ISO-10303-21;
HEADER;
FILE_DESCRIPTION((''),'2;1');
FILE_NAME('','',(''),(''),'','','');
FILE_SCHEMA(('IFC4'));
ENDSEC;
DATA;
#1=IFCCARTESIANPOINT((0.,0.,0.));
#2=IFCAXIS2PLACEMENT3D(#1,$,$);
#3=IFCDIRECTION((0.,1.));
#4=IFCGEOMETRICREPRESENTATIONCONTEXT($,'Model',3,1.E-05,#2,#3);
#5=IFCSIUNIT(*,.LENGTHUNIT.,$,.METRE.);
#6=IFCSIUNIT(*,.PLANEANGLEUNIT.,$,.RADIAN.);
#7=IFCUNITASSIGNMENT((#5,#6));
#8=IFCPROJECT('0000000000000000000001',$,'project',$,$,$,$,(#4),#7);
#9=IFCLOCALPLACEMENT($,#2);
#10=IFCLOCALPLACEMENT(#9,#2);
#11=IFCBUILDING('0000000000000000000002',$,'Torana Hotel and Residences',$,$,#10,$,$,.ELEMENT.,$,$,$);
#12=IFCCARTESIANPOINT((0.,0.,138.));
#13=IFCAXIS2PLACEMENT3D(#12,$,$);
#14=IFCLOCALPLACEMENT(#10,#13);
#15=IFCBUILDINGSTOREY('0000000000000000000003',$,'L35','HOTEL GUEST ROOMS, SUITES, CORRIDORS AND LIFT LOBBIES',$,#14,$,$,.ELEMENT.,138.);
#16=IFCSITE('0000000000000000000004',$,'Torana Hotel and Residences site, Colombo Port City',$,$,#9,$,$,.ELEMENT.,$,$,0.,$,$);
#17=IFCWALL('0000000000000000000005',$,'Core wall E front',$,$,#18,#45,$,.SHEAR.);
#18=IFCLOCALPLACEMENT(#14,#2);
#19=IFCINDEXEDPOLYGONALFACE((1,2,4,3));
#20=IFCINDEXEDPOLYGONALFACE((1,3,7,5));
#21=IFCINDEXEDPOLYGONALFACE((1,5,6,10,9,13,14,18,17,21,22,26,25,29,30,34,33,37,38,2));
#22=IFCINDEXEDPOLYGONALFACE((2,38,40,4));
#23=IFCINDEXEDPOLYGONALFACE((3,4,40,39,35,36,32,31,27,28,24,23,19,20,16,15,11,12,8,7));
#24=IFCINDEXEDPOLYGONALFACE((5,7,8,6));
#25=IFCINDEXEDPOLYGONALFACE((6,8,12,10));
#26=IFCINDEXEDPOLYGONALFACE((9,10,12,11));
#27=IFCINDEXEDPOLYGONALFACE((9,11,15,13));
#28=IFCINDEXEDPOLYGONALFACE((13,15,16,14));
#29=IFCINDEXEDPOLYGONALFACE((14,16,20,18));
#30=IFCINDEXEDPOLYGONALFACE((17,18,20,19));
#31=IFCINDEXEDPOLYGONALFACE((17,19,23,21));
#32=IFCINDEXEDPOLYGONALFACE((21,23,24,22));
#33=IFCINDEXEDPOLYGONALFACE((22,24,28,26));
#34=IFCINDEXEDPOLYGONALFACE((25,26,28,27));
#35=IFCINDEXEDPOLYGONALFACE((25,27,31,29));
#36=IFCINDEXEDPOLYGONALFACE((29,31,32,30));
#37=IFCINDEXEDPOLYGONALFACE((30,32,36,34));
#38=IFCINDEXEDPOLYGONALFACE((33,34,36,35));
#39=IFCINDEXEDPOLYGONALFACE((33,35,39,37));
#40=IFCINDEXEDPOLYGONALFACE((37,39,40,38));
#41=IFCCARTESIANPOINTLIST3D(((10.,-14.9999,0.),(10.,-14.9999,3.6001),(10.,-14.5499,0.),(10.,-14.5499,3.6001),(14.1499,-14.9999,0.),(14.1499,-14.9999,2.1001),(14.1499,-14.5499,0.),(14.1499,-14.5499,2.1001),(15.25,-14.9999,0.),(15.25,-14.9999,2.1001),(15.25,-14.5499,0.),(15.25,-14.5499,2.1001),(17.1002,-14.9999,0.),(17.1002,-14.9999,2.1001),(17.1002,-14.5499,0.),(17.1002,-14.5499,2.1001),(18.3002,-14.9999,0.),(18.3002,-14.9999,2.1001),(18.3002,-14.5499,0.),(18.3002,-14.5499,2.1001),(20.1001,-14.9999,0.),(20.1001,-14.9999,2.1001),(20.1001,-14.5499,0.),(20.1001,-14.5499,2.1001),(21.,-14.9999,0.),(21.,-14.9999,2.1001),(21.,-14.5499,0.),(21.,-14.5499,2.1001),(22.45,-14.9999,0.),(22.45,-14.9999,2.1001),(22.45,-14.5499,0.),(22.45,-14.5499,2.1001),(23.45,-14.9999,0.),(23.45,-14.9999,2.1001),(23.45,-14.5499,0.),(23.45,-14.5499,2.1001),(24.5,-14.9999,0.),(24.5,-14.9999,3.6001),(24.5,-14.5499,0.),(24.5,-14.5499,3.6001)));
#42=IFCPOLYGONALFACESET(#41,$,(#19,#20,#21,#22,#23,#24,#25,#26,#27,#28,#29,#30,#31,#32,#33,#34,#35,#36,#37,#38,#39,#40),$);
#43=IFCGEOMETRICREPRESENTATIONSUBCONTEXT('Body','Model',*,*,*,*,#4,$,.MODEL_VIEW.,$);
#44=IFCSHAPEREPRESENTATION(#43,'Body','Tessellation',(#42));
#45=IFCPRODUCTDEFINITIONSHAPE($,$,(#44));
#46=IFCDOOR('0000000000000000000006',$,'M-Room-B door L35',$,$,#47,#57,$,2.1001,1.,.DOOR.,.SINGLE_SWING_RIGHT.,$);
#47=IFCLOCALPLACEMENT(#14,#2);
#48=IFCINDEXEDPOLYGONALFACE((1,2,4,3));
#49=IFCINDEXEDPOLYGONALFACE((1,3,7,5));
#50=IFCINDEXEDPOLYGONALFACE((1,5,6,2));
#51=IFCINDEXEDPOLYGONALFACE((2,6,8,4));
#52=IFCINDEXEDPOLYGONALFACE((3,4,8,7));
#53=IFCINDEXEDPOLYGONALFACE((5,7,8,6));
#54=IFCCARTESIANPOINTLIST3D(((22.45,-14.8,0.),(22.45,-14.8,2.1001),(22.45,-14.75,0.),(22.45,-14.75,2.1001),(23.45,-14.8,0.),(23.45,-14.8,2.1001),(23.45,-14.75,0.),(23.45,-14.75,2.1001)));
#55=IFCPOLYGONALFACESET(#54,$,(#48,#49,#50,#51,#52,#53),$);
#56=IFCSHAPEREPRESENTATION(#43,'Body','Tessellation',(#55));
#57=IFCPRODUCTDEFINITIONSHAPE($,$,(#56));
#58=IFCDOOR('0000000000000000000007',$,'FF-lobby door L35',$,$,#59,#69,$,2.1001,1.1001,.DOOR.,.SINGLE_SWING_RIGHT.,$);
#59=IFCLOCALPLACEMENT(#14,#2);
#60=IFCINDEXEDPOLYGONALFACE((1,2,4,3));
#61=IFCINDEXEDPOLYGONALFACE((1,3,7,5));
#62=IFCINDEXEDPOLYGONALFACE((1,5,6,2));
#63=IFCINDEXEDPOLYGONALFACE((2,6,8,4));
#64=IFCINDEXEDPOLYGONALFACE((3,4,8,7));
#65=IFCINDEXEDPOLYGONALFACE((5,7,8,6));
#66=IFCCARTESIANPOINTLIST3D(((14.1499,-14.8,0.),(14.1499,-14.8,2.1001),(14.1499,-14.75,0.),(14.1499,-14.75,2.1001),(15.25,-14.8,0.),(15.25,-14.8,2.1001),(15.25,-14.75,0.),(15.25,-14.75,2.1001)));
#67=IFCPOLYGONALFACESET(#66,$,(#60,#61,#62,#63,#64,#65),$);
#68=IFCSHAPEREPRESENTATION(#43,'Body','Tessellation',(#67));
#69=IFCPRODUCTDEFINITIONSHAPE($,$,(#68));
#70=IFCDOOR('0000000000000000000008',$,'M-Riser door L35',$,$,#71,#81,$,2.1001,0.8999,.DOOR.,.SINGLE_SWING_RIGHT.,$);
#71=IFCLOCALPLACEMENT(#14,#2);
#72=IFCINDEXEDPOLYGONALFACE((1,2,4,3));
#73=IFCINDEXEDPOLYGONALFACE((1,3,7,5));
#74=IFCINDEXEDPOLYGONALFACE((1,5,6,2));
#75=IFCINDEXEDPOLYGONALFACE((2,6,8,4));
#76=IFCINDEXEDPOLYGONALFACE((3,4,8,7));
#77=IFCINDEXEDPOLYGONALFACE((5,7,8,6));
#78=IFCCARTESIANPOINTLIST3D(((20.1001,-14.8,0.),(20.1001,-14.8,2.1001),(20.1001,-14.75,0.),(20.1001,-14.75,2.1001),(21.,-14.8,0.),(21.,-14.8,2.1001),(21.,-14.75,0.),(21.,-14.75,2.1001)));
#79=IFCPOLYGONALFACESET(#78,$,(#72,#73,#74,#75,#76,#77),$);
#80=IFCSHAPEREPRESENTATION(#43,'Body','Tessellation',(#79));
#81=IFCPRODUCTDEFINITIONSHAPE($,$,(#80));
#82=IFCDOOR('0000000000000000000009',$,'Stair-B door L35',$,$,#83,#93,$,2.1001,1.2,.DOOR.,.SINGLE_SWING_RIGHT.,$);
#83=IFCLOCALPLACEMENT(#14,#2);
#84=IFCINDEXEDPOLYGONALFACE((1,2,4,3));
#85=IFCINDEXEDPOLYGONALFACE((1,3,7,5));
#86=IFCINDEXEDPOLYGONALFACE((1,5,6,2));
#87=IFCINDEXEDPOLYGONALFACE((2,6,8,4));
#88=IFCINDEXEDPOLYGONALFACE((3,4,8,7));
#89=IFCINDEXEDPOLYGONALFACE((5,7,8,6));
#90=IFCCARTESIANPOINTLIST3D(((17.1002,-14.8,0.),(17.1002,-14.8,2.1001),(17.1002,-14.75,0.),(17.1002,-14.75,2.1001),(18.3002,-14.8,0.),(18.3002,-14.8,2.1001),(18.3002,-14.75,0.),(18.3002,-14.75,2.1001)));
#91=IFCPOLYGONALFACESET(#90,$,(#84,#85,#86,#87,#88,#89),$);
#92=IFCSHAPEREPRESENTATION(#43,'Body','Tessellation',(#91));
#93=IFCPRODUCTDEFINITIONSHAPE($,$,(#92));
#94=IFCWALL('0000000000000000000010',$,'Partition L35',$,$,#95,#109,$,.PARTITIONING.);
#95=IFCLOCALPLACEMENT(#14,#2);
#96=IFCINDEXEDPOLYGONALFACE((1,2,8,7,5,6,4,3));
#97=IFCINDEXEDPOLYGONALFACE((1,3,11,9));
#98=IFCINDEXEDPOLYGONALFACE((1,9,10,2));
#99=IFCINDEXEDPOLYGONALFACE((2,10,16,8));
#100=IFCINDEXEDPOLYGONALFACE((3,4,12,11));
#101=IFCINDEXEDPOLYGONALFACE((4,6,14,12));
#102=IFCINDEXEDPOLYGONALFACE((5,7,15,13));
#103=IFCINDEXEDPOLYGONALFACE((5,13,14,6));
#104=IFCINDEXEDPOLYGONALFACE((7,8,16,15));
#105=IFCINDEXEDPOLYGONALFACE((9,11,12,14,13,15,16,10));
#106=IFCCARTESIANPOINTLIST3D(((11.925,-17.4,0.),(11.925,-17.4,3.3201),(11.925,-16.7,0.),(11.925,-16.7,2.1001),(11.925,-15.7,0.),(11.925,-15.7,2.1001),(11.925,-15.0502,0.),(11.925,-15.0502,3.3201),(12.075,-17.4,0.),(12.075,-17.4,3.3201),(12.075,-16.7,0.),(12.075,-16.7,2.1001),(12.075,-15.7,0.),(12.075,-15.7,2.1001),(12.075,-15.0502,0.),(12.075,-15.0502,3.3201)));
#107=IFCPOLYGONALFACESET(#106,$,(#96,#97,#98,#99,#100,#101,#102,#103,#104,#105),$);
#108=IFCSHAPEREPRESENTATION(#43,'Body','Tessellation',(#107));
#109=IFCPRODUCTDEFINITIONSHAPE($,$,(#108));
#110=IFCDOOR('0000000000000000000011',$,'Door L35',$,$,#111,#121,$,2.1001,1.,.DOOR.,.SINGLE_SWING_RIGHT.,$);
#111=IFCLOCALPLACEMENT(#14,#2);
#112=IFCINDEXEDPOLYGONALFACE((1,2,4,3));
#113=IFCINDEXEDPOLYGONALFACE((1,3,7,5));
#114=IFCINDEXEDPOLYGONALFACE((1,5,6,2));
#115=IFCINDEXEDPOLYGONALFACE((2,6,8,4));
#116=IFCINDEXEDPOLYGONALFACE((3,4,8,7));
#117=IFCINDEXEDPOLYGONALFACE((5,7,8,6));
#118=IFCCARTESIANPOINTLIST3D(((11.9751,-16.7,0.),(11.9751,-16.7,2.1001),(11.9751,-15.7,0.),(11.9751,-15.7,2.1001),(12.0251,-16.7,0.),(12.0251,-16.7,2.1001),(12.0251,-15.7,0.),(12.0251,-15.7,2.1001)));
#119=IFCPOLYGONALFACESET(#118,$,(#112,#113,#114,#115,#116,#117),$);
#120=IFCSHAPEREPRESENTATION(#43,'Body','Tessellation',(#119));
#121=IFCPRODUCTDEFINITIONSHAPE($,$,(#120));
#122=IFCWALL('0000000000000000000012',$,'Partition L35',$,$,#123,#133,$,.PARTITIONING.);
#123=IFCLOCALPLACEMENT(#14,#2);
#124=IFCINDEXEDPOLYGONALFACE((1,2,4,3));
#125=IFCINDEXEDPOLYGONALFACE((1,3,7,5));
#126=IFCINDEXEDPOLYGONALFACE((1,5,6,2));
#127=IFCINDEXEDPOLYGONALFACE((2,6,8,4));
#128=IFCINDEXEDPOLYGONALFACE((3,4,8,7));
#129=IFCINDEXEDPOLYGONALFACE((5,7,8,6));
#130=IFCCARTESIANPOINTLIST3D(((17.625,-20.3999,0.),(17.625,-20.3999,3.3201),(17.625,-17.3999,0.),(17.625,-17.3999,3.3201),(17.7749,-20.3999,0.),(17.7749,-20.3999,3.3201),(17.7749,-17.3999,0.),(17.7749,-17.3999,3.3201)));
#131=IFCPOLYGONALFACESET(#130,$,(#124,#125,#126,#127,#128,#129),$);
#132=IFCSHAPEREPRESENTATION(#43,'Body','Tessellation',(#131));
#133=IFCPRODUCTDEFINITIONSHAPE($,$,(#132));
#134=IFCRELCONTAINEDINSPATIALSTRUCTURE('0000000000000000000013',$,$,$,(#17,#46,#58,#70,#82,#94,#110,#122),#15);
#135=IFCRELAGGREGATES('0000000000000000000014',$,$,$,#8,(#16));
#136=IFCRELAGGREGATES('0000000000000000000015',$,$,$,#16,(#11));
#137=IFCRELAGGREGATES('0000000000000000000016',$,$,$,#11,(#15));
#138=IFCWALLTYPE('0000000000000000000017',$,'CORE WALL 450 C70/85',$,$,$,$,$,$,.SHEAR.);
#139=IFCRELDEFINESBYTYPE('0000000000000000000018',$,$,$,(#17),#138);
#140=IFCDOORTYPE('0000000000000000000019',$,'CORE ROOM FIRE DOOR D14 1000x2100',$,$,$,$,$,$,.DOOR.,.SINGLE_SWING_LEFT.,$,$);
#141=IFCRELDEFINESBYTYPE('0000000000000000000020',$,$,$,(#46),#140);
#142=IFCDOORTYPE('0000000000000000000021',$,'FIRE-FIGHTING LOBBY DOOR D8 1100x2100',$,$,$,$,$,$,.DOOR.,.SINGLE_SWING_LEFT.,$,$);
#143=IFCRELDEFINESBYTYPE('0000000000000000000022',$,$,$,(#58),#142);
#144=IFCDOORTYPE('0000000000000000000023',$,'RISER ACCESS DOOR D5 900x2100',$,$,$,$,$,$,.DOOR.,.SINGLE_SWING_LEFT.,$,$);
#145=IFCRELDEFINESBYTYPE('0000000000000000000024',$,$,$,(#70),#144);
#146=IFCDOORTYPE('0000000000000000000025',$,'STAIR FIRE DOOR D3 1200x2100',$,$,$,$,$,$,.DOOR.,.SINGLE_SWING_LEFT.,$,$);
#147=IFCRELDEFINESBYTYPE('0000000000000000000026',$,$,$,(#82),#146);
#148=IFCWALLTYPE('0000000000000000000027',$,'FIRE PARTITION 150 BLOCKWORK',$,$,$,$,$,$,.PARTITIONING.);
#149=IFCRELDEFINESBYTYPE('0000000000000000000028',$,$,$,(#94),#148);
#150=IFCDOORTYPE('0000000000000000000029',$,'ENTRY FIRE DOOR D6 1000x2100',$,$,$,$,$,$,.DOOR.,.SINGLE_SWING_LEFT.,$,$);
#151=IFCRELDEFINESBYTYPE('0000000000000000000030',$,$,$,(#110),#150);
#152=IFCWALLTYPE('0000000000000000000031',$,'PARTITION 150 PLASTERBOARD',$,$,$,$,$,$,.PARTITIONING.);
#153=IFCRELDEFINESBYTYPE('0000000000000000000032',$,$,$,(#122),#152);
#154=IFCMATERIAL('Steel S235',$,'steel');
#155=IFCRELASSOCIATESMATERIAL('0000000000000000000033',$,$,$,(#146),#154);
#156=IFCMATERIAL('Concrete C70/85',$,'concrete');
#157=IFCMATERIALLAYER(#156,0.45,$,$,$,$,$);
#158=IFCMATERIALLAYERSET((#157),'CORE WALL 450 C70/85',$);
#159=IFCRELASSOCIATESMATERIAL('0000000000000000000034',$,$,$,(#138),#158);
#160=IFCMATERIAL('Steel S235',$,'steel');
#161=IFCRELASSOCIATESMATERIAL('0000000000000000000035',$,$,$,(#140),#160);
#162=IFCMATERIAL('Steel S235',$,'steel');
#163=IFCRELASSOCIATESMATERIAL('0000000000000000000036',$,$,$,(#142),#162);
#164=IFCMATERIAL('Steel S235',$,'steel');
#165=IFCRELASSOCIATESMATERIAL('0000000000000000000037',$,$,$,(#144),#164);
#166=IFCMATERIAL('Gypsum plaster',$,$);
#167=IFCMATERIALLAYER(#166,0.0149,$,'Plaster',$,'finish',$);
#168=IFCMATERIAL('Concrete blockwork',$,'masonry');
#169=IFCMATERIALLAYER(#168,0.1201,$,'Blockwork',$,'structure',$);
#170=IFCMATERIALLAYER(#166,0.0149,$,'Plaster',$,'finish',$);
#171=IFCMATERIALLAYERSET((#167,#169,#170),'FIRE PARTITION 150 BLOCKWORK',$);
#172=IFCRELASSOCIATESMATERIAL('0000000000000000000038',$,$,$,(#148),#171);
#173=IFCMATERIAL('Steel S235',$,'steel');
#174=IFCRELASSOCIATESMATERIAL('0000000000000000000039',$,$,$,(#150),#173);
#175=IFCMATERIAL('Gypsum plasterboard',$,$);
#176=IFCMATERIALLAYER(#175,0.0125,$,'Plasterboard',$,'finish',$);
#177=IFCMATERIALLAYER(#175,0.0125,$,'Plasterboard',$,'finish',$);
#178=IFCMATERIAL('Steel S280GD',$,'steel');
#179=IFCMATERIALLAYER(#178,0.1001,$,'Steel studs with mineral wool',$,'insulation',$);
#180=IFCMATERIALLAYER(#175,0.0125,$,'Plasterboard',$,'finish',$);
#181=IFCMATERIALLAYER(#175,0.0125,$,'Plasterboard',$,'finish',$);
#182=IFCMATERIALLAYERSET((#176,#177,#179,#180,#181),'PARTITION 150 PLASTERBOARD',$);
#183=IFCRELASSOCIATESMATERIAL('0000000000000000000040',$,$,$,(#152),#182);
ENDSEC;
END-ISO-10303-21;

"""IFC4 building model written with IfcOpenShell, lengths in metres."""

from ifc_helpers import new_model, si_unit, direction, frame, frame_2d, origin, place, context, subcontext, project, spatial, rectangle, extrude, material, layer, layer_set, type_object, element, fill, save


model = new_model("IFC4")

# Units and contexts
model_context = context("Model", 3, precision=1e-05, world=origin(), true_north=direction((0.0, 1.0)))
body_context = subcontext(model_context, "Body", "Model", "MODEL_VIEW")
ifc_project = project(units=[si_unit("LENGTHUNIT", "METRE"), si_unit("PLANEANGLEUNIT", "RADIAN")], contexts=[model_context])

# Site, building, storey
site_placement = place(None, origin())
site = spatial("IfcSite", under=ifc_project, at=site_placement, Name="Torana Hotel and Residences site, Colombo Port City", CompositionType="ELEMENT", RefElevation=0.0)
building_placement = place(site_placement, origin())
building = spatial("IfcBuilding", under=site, at=building_placement, Name="Torana Hotel and Residences", CompositionType="ELEMENT")
storey_placement = place(building_placement, frame((0.0, 0.0, 138.0)))
storey = spatial("IfcBuildingStorey", under=building, at=storey_placement, Name="L35", Description="HOTEL GUEST ROOMS, SUITES, CORRIDORS AND LIFT LOBBIES", CompositionType="ELEMENT", Elevation=138.0)

# Shared definitions
ifc_material_1 = material(Name="Steel S235", Category="steel")
door_type_1 = type_object("IfcDoorType", Name="STAIR FIRE DOOR D3 1200x2100", OperationType="SINGLE_SWING_LEFT", PredefinedType="DOOR", material=ifc_material_1)

# Wall, openings, doors
ifc_material_2 = material(Name="Concrete C70/85", Category="concrete")
ifc_layer_1 = layer(ifc_material_2, 0.45)
ifc_layer_set_1 = layer_set([ifc_layer_1], Name="CORE WALL 450 C70/85")
wall_type_1 = type_object("IfcWallType", Name="CORE WALL 450 C70/85", PredefinedType="SHEAR", material=ifc_layer_set_1)
wall_1_placement = place(storey_placement, frame((10.0, -14.7749, 0.0), z_axis=(0.0, 0.0, 1.0), x_axis=(1.0, 0.0, 0.0)))
wall_1 = element("IfcWall", 1, at=wall_1_placement, inside=storey, type_object=wall_type_1, Name="Core wall E front", PredefinedType="SHEAR", context=body_context, shape_type="SweptSolid", body=[
    extrude(rectangle(XDim=14.5, YDim=0.45, at=frame_2d((7.25, 0.0))), origin(), (0.0, 0.0, 1.0), 3.6001),
])
opening_1_placement = place(wall_1_placement, frame((7.1001, 0.0, 0.0)))
opening_1 = element("IfcOpeningElement", 2, at=opening_1_placement, cuts=wall_1, PredefinedType="OPENING", context=body_context, shape_type="SweptSolid", body=[
    extrude(rectangle(XDim=1.2, YDim=2.1001, at=frame_2d((0.6001, 1.05))), frame((0.0, 0.2349, 0.0), z_axis=(0.0, -1.0, 0.0), x_axis=(1.0, 0.0, 0.0)), (0.0, 0.0, 1.0), 0.47),
])
opening_2_placement = place(wall_1_placement, frame((4.1499, 0.0, 0.0)))
opening_2 = element("IfcOpeningElement", 3, at=opening_2_placement, cuts=wall_1, PredefinedType="OPENING", context=body_context, shape_type="SweptSolid", body=[
    extrude(rectangle(XDim=1.1001, YDim=2.1001, at=frame_2d((0.55, 1.05))), frame((0.0, 0.2349, 0.0), z_axis=(0.0, -1.0, 0.0), x_axis=(1.0, 0.0, 0.0)), (0.0, 0.0, 1.0), 0.47),
])
opening_3_placement = place(wall_1_placement, frame((10.1001, 0.0, 0.0)))
opening_3 = element("IfcOpeningElement", 4, at=opening_3_placement, cuts=wall_1, PredefinedType="OPENING", context=body_context, shape_type="SweptSolid", body=[
    extrude(rectangle(XDim=0.8999, YDim=2.1001, at=frame_2d((0.45, 1.05))), frame((0.0, 0.2349, 0.0), z_axis=(0.0, -1.0, 0.0), x_axis=(1.0, 0.0, 0.0)), (0.0, 0.0, 1.0), 0.47),
])
opening_4_placement = place(wall_1_placement, frame((12.45, 0.0, 0.0)))
opening_4 = element("IfcOpeningElement", 5, at=opening_4_placement, cuts=wall_1, PredefinedType="OPENING", context=body_context, shape_type="SweptSolid", body=[
    extrude(rectangle(XDim=1.0, YDim=2.1001, at=frame_2d((0.5, 1.05))), frame((0.0, 0.2349, 0.0), z_axis=(0.0, -1.0, 0.0), x_axis=(1.0, 0.0, 0.0)), (0.0, 0.0, 1.0), 0.47),
])
ifc_material_3 = material(Name="Steel S235", Category="steel")
door_type_2 = type_object("IfcDoorType", Name="CORE ROOM FIRE DOOR D14 1000x2100", OperationType="SINGLE_SWING_LEFT", PredefinedType="DOOR", material=ifc_material_3)
door_1_placement = place(opening_4_placement, origin())
door_1 = element("IfcDoor", 6, at=door_1_placement, inside=storey, type_object=door_type_2, Name="M-Room-B door L35", OperationType="SINGLE_SWING_RIGHT", OverallHeight=2.1001, OverallWidth=1.0, PredefinedType="DOOR", context=body_context, shape_type="SweptSolid", body=[
    extrude(rectangle(XDim=1.0, YDim=2.1001, at=frame_2d((0.5, 1.05))), frame((0.0, 0.0249, 0.0), z_axis=(0.0, -1.0, 0.0), x_axis=(1.0, 0.0, 0.0)), (0.0, 0.0, 1.0), 0.05),
])
fill(opening_4, door_1)
ifc_material_4 = material(Name="Steel S235", Category="steel")
door_type_3 = type_object("IfcDoorType", Name="FIRE-FIGHTING LOBBY DOOR D8 1100x2100", OperationType="SINGLE_SWING_LEFT", PredefinedType="DOOR", material=ifc_material_4)
door_2_placement = place(opening_2_placement, origin())
door_2 = element("IfcDoor", 7, at=door_2_placement, inside=storey, type_object=door_type_3, Name="FF-lobby door L35", OperationType="SINGLE_SWING_RIGHT", OverallHeight=2.1001, OverallWidth=1.1001, PredefinedType="DOOR", context=body_context, shape_type="SweptSolid", body=[
    extrude(rectangle(XDim=1.1001, YDim=2.1001, at=frame_2d((0.55, 1.05))), frame((0.0, 0.0249, 0.0), z_axis=(0.0, -1.0, 0.0), x_axis=(1.0, 0.0, 0.0)), (0.0, 0.0, 1.0), 0.05),
])
fill(opening_2, door_2)
ifc_material_5 = material(Name="Steel S235", Category="steel")
door_type_4 = type_object("IfcDoorType", Name="RISER ACCESS DOOR D5 900x2100", OperationType="SINGLE_SWING_LEFT", PredefinedType="DOOR", material=ifc_material_5)
door_3_placement = place(opening_3_placement, origin())
door_3 = element("IfcDoor", 8, at=door_3_placement, inside=storey, type_object=door_type_4, Name="M-Riser door L35", OperationType="SINGLE_SWING_RIGHT", OverallHeight=2.1001, OverallWidth=0.8999, PredefinedType="DOOR", context=body_context, shape_type="SweptSolid", body=[
    extrude(rectangle(XDim=0.8999, YDim=2.1001, at=frame_2d((0.45, 1.05))), frame((0.0, 0.0249, 0.0), z_axis=(0.0, -1.0, 0.0), x_axis=(1.0, 0.0, 0.0)), (0.0, 0.0, 1.0), 0.05),
])
fill(opening_3, door_3)
door_4_placement = place(opening_1_placement, origin())
door_4 = element("IfcDoor", 9, at=door_4_placement, inside=storey, type_object=door_type_1, Name="Stair-B door L35", OperationType="SINGLE_SWING_RIGHT", OverallHeight=2.1001, OverallWidth=1.2, PredefinedType="DOOR", context=body_context, shape_type="SweptSolid", body=[
    extrude(rectangle(XDim=1.2, YDim=2.1001, at=frame_2d((0.6001, 1.05))), frame((0.0, 0.0249, 0.0), z_axis=(0.0, -1.0, 0.0), x_axis=(1.0, 0.0, 0.0)), (0.0, 0.0, 1.0), 0.05),
])
fill(opening_1, door_4)

# Wall, opening, door
ifc_material_6 = material(Name="Gypsum plaster")
ifc_layer_2 = layer(ifc_material_6, 0.0149, Name="Plaster", Category="finish")
ifc_material_7 = material(Name="Concrete blockwork", Category="masonry")
ifc_layer_3 = layer(ifc_material_7, 0.1201, Name="Blockwork", Category="structure")
ifc_layer_4 = layer(ifc_material_6, 0.0149, Name="Plaster", Category="finish")
ifc_layer_set_2 = layer_set([ifc_layer_2, ifc_layer_3, ifc_layer_4], Name="FIRE PARTITION 150 BLOCKWORK")
wall_type_2 = type_object("IfcWallType", Name="FIRE PARTITION 150 BLOCKWORK", PredefinedType="PARTITIONING", material=ifc_layer_set_2)
wall_2_placement = place(storey_placement, frame((12.0, -17.3999, 0.0), z_axis=(0.0, 0.0, 1.0), x_axis=(0.0, 1.0, 0.0)))
wall_2 = element("IfcWall", 10, at=wall_2_placement, inside=storey, type_object=wall_type_2, Name="Partition L35", PredefinedType="PARTITIONING", context=body_context, shape_type="SweptSolid", body=[
    extrude(rectangle(XDim=2.3499, YDim=0.1499, at=frame_2d((1.1748, 0.0))), origin(), (0.0, 0.0, 1.0), 3.3201),
])
opening_5_placement = place(wall_2_placement, frame((0.7, 0.0, 0.0)))
opening_5 = element("IfcOpeningElement", 11, at=opening_5_placement, cuts=wall_2, PredefinedType="OPENING", context=body_context, shape_type="SweptSolid", body=[
    extrude(rectangle(XDim=1.0, YDim=2.1001, at=frame_2d((0.5, 1.05))), frame((0.0, 0.085, 0.0), z_axis=(0.0, -1.0, 0.0), x_axis=(1.0, 0.0, 0.0)), (0.0, 0.0, 1.0), 0.1699),
])
ifc_material_8 = material(Name="Steel S235", Category="steel")
door_type_5 = type_object("IfcDoorType", Name="ENTRY FIRE DOOR D6 1000x2100", OperationType="SINGLE_SWING_LEFT", PredefinedType="DOOR", material=ifc_material_8)
door_5_placement = place(opening_5_placement, origin())
door_5 = element("IfcDoor", 12, at=door_5_placement, inside=storey, type_object=door_type_5, Name="Door L35", OperationType="SINGLE_SWING_RIGHT", OverallHeight=2.1001, OverallWidth=1.0, PredefinedType="DOOR", context=body_context, shape_type="SweptSolid", body=[
    extrude(rectangle(XDim=1.0, YDim=2.1001, at=frame_2d((0.5, 1.05))), frame((0.0, 0.0249, 0.0), z_axis=(0.0, -1.0, 0.0), x_axis=(1.0, 0.0, 0.0)), (0.0, 0.0, 1.0), 0.05),
])
fill(opening_5, door_5)

# Wall
ifc_material_9 = material(Name="Gypsum plasterboard")
ifc_layer_5 = layer(ifc_material_9, 0.0125, Name="Plasterboard", Category="finish")
ifc_layer_6 = layer(ifc_material_9, 0.0125, Name="Plasterboard", Category="finish")
ifc_material_10 = material(Name="Steel S280GD", Category="steel")
ifc_layer_7 = layer(ifc_material_10, 0.1001, Name="Steel studs with mineral wool", Category="insulation")
ifc_layer_8 = layer(ifc_material_9, 0.0125, Name="Plasterboard", Category="finish")
ifc_layer_9 = layer(ifc_material_9, 0.0125, Name="Plasterboard", Category="finish")
ifc_layer_set_3 = layer_set([ifc_layer_5, ifc_layer_6, ifc_layer_7, ifc_layer_8, ifc_layer_9], Name="PARTITION 150 PLASTERBOARD")
wall_type_3 = type_object("IfcWallType", Name="PARTITION 150 PLASTERBOARD", PredefinedType="PARTITIONING", material=ifc_layer_set_3)
wall_3_placement = place(storey_placement, frame((17.7, -20.3999, 0.0), z_axis=(0.0, 0.0, 1.0), x_axis=(0.0, 1.0, 0.0)))
element("IfcWall", 13, at=wall_3_placement, inside=storey, type_object=wall_type_3, Name="Partition L35", PredefinedType="PARTITIONING", context=body_context, shape_type="SweptSolid", body=[
    extrude(rectangle(XDim=3.0, YDim=0.1499, at=frame_2d((1.5, 0.0))), origin(), (0.0, 0.0, 1.0), 3.3201),
])

save(model, "model.ifc")
